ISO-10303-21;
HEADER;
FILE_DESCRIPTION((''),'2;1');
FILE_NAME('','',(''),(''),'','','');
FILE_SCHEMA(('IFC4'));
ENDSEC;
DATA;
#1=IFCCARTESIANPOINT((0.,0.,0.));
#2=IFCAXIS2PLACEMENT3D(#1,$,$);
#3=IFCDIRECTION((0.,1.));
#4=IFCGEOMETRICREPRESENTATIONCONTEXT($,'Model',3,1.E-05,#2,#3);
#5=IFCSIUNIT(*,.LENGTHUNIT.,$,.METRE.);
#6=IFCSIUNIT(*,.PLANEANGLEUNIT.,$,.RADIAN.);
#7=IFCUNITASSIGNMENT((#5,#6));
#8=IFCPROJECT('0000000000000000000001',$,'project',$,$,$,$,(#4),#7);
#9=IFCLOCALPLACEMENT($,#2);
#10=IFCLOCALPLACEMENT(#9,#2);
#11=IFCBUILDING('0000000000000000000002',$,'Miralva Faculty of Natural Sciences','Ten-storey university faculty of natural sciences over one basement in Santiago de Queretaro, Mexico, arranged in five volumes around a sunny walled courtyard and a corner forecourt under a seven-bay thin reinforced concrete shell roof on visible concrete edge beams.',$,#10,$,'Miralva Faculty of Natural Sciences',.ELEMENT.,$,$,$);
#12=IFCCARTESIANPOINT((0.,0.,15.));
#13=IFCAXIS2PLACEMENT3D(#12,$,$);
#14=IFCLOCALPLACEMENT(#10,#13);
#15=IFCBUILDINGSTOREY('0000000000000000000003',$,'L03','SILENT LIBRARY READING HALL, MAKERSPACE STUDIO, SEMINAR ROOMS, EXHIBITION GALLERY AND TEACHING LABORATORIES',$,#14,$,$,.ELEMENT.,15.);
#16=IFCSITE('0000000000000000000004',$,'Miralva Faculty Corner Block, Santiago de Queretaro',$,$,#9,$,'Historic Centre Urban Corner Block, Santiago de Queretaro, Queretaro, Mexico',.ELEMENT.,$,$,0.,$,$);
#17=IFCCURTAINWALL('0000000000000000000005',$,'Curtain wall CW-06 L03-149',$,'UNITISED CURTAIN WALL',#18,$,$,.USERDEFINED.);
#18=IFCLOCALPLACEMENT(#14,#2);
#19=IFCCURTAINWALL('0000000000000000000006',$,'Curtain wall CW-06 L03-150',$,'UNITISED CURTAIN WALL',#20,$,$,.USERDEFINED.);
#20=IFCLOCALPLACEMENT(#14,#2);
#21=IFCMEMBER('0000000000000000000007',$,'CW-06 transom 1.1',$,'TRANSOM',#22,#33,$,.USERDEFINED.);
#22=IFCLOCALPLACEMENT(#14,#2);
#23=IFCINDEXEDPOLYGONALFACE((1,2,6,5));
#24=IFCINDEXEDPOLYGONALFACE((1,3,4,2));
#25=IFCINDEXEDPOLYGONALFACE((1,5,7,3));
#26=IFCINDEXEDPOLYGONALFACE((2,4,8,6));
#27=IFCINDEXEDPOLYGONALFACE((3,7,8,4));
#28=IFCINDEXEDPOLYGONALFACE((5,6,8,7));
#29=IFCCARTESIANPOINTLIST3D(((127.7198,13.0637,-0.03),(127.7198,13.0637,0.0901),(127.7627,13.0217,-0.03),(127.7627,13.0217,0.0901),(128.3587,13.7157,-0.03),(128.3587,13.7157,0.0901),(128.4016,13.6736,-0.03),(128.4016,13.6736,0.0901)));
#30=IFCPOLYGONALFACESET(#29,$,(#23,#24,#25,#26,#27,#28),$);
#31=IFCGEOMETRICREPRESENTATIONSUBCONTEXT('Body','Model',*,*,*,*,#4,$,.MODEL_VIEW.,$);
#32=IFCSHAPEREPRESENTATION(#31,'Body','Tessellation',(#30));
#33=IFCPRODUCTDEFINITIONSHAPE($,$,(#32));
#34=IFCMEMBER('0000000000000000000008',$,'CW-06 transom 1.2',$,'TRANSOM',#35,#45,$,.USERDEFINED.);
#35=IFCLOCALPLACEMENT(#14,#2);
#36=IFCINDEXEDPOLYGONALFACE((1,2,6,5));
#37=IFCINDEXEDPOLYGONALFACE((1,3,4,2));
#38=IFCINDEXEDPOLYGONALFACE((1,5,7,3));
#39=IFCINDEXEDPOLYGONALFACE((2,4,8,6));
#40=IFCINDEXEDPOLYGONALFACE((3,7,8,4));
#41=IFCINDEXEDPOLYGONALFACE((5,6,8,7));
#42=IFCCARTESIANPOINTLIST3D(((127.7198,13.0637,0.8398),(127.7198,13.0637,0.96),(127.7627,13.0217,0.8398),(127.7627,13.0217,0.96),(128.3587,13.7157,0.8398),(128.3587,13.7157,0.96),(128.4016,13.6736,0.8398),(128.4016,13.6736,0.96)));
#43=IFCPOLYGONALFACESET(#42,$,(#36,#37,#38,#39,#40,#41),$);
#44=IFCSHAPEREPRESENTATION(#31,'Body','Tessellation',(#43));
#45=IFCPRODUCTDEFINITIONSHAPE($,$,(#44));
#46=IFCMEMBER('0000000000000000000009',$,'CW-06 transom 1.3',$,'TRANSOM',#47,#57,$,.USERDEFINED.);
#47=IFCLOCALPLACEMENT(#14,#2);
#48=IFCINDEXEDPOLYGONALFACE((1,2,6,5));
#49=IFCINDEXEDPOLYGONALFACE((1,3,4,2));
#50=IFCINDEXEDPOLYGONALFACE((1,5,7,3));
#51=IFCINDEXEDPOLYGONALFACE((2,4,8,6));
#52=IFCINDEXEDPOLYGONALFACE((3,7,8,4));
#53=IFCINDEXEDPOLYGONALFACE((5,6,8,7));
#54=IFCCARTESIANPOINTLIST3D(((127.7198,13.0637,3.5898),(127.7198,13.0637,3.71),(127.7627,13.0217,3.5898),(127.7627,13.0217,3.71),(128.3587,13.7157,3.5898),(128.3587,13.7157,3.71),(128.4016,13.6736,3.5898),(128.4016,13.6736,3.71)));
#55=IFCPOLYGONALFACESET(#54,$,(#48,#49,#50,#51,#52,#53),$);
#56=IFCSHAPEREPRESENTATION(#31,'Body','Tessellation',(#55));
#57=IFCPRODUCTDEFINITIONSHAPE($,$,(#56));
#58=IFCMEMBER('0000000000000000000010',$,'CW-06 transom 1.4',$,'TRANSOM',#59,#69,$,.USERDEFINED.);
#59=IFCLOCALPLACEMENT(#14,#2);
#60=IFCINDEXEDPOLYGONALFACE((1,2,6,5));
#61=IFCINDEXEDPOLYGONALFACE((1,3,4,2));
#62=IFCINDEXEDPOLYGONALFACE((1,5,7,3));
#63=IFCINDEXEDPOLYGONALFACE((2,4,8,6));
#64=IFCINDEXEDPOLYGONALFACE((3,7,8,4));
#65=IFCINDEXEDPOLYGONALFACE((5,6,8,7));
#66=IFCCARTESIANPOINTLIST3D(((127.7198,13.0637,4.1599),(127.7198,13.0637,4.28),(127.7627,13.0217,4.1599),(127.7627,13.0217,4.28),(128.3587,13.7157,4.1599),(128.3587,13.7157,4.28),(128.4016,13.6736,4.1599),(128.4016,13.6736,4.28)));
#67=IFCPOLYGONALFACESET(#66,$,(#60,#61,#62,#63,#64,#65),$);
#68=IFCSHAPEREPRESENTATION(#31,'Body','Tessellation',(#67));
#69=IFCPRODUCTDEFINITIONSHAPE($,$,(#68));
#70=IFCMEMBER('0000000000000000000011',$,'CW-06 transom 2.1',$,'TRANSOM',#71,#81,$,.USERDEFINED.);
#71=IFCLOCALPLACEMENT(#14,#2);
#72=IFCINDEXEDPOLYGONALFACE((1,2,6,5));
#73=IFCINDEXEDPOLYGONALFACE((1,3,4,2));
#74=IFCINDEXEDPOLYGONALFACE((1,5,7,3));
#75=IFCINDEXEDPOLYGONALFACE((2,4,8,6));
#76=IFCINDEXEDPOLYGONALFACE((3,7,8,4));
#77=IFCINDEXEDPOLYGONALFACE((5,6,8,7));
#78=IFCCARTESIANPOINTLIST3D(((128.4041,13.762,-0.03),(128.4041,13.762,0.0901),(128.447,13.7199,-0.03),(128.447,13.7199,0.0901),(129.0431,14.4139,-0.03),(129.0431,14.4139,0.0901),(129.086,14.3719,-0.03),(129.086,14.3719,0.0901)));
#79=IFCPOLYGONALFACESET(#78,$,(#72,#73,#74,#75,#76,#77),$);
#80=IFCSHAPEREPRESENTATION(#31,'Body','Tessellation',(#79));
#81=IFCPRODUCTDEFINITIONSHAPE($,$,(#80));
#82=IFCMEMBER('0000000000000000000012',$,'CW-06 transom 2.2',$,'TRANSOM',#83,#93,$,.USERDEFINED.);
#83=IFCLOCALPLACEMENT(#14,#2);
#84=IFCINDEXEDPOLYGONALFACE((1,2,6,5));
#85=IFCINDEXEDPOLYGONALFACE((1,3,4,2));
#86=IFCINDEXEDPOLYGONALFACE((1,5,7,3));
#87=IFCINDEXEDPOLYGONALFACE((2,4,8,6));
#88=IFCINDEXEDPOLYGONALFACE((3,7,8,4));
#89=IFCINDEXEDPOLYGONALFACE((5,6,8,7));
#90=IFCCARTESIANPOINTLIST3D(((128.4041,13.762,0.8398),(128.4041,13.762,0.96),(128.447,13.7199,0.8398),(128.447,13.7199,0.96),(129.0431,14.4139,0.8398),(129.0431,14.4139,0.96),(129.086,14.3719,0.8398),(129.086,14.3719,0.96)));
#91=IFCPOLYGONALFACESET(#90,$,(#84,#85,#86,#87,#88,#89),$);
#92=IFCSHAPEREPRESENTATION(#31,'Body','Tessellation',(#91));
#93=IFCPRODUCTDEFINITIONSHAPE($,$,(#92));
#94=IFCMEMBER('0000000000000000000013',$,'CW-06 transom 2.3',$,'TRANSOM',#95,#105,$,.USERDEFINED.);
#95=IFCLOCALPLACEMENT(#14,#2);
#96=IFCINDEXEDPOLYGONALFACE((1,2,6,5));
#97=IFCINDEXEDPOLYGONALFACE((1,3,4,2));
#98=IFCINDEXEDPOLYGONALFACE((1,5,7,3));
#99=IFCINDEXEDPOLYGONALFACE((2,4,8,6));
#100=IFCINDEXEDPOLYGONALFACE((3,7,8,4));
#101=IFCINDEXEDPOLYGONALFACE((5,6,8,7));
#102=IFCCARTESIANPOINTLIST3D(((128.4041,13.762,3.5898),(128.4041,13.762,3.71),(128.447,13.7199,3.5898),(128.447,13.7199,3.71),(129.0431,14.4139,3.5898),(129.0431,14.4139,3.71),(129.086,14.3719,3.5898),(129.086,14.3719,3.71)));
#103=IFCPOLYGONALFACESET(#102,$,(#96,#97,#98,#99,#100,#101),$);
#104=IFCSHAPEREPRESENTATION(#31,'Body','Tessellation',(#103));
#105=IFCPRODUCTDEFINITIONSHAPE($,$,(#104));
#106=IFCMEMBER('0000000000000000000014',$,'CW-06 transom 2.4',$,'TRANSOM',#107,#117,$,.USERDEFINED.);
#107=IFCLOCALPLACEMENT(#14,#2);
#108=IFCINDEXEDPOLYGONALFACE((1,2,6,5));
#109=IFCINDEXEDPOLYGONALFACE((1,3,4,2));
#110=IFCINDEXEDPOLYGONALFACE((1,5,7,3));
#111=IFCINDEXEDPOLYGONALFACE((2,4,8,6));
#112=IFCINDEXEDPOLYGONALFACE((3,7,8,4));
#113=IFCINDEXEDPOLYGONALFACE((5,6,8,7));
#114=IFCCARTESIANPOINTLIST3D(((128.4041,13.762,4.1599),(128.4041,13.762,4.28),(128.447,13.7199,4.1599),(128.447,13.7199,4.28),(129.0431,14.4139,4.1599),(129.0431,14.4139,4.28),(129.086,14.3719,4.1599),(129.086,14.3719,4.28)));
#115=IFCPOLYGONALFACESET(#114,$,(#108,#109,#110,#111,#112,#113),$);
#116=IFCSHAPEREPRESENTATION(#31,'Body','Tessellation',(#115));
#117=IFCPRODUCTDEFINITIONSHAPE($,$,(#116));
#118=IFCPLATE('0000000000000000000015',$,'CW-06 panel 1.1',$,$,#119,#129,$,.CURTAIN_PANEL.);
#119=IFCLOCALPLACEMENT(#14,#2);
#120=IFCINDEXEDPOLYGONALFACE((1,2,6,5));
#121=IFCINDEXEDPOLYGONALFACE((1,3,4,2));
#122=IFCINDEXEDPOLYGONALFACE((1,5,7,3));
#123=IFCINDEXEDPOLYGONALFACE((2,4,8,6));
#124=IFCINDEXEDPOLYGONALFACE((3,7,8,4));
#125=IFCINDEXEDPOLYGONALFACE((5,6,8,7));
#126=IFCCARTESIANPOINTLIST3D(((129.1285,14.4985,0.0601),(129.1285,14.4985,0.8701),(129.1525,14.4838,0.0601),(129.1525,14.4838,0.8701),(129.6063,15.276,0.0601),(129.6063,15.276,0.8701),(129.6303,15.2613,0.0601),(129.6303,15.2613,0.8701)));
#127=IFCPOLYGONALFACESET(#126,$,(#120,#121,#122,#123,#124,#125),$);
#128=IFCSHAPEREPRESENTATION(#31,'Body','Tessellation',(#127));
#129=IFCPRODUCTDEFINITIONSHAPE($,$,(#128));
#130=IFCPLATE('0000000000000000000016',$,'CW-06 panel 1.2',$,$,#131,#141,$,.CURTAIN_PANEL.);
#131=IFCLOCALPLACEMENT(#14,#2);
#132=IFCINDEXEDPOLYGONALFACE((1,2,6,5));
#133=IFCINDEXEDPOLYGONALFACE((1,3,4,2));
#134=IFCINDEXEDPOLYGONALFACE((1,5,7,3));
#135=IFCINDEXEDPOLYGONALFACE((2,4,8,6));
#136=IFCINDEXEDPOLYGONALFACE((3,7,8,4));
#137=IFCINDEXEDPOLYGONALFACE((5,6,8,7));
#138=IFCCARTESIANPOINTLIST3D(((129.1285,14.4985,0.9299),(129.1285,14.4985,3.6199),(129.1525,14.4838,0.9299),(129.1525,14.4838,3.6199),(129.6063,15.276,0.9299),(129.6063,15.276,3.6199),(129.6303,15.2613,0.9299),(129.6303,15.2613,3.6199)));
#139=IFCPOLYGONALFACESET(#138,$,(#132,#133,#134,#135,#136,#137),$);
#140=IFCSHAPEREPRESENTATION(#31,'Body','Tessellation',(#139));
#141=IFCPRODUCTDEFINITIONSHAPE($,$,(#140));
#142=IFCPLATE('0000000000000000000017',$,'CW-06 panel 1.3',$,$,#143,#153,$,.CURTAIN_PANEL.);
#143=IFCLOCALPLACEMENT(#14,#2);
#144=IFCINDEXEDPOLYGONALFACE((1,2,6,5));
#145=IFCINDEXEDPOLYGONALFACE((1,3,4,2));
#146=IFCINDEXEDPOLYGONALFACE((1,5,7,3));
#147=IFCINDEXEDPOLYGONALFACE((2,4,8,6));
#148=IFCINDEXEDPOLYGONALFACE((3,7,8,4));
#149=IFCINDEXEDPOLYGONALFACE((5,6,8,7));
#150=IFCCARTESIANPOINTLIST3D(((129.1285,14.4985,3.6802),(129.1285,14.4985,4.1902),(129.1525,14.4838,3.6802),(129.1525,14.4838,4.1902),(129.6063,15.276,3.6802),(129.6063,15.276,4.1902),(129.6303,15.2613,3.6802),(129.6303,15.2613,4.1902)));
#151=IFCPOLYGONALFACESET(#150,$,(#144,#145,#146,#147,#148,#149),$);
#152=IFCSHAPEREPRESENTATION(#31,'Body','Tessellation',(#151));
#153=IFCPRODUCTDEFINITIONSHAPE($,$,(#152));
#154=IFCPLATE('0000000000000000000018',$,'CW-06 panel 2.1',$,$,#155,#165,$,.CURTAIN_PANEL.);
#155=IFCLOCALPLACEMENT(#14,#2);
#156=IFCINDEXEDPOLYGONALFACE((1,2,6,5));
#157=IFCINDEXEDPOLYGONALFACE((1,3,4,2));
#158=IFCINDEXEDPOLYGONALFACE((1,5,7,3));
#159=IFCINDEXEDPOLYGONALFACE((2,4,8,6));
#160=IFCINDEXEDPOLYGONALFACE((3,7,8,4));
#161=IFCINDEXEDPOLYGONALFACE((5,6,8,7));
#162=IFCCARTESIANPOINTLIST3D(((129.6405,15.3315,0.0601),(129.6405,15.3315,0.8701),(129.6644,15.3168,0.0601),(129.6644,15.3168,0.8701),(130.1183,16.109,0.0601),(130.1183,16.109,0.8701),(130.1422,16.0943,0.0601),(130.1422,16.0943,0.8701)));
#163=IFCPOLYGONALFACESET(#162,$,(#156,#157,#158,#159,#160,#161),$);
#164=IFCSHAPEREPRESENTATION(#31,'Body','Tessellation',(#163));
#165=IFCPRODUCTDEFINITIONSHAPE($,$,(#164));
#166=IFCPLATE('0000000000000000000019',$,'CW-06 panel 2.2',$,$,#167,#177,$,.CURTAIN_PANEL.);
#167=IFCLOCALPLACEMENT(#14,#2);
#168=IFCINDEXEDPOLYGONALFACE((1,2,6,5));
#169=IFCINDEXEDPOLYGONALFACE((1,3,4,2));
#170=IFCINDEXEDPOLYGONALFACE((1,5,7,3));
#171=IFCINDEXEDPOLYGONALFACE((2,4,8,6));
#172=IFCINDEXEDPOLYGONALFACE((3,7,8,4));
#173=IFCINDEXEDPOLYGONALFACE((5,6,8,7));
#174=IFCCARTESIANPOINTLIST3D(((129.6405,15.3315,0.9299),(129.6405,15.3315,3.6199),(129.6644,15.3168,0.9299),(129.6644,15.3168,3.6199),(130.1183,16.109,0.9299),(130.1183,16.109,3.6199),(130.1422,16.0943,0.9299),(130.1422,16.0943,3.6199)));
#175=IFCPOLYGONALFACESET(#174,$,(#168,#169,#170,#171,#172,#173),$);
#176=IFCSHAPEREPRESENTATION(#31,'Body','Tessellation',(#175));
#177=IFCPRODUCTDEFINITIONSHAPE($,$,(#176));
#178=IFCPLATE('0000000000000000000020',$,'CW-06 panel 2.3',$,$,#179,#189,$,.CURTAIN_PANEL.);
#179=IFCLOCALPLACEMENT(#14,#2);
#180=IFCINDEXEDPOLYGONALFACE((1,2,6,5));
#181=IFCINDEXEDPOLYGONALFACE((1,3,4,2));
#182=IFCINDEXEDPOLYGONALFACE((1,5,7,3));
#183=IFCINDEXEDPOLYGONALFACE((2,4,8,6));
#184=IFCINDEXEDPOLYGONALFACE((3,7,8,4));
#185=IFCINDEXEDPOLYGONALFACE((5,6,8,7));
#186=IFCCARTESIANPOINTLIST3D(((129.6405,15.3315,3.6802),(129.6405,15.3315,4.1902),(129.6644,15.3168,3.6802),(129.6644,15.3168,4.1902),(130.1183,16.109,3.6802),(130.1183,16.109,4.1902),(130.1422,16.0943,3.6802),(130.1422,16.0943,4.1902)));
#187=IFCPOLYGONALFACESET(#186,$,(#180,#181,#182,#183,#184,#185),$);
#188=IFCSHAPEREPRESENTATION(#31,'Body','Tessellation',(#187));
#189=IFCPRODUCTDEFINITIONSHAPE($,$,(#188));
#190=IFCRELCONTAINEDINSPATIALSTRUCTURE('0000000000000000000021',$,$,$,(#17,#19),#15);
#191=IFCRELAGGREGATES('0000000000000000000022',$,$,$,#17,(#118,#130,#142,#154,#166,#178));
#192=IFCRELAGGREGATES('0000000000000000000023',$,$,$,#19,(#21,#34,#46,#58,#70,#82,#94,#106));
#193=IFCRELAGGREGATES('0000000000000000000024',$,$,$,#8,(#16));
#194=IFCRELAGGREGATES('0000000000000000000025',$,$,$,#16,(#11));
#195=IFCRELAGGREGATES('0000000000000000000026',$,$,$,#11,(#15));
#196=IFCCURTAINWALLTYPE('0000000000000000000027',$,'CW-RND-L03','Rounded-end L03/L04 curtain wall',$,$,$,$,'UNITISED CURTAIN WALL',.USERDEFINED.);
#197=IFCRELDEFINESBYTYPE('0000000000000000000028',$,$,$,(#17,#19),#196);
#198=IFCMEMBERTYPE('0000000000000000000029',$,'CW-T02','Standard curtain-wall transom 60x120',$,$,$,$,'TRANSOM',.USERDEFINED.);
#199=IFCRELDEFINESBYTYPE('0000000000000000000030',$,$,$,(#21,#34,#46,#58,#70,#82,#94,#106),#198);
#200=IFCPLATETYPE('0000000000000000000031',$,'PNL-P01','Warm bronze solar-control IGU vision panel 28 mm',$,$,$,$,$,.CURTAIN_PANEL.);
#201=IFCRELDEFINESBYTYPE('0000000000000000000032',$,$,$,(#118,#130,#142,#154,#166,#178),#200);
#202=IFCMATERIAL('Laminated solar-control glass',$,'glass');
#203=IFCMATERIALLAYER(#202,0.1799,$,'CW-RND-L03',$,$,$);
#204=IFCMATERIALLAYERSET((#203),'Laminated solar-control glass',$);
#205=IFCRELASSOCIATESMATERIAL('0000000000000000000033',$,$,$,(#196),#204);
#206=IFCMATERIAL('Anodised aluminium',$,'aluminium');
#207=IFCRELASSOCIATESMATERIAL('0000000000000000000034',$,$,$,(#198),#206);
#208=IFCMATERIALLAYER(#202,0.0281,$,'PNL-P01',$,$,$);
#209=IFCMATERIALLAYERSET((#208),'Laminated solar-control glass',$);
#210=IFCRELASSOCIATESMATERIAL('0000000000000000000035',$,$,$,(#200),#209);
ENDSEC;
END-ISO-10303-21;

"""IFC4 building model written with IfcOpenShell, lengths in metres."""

from ifc_helpers import new_model, si_unit, direction, frame, origin, origin_2d, place, context, subcontext, project, spatial, rectangle, extrude, material, layer, layer_set, material_profile, profile_set, type_object, element, aggregate, save


model = new_model("IFC4")

# Units and contexts
model_context = context("Model", 3, precision=1e-05, world=origin(), true_north=direction((0.0, 1.0)))
body_context = subcontext(model_context, "Body", "Model", "MODEL_VIEW")
ifc_project = project(units=[si_unit("LENGTHUNIT", "METRE"), si_unit("PLANEANGLEUNIT", "RADIAN")], contexts=[model_context])

# Site, building, storey
site_placement = place(None, origin())
site = spatial("IfcSite", under=ifc_project, at=site_placement, Name="Miralva Faculty Corner Block, Santiago de Queretaro", LongName="Historic Centre Urban Corner Block, Santiago de Queretaro, Queretaro, Mexico", CompositionType="ELEMENT", RefElevation=0.0)
building_placement = place(site_placement, origin())
building = spatial("IfcBuilding", under=site, at=building_placement, Name="Miralva Faculty of Natural Sciences", Description="Ten-storey university faculty of natural sciences over one basement in Santiago de Queretaro, Mexico, arranged in five volumes around a sunny walled courtyard and a corner forecourt under a seven-bay thin reinforced concrete shell roof on visible concrete edge beams.", LongName="Miralva Faculty of Natural Sciences", CompositionType="ELEMENT")
storey_placement = place(building_placement, frame((0.0, 0.0, 15.0)))
storey = spatial("IfcBuildingStorey", under=building, at=storey_placement, Name="L03", Description="SILENT LIBRARY READING HALL, MAKERSPACE STUDIO, SEMINAR ROOMS, EXHIBITION GALLERY AND TEACHING LABORATORIES", CompositionType="ELEMENT", Elevation=15.0)

# Curtain walls
ifc_material_1 = material(Name="Laminated solar-control glass", Category="glass")
ifc_layer_1 = layer(ifc_material_1, 0.1799, Name="CW-RND-L03")
ifc_layer_set_1 = layer_set([ifc_layer_1], Name="Laminated solar-control glass")
curtain_wall_type = type_object("IfcCurtainWallType", Name="CW-RND-L03", Description="Rounded-end L03/L04 curtain wall", ElementType="UNITISED CURTAIN WALL", PredefinedType="USERDEFINED", material=ifc_layer_set_1)
curtain_wall_1_placement = place(storey_placement, origin())
curtain_wall_1 = element("IfcCurtainWall", 1, at=curtain_wall_1_placement, inside=storey, type_object=curtain_wall_type, Name="Curtain wall CW-06 L03-149", ObjectType="UNITISED CURTAIN WALL", PredefinedType="USERDEFINED")
ifc_material_2 = material(Name="Anodised aluminium", Category="aluminium")
curtain_wall_2_placement = place(storey_placement, origin())
curtain_wall_2 = element("IfcCurtainWall", 2, at=curtain_wall_2_placement, inside=storey, type_object=curtain_wall_type, Name="Curtain wall CW-06 L03-150", ObjectType="UNITISED CURTAIN WALL", PredefinedType="USERDEFINED")

# Members
ifc_material_profile_1 = material_profile(ifc_material_2, rectangle(XDim=0.0601, YDim=0.1201, at=origin_2d()), Name="TRANSOM 60x120")
ifc_profile_set_1 = profile_set([ifc_material_profile_1], Name="Anodised aluminium")
member_type_1 = type_object("IfcMemberType", Name="CW-T02", Description="Standard curtain-wall transom 60x120", ElementType="TRANSOM", PredefinedType="USERDEFINED", material=ifc_profile_set_1)
member_1_placement = place(storey_placement, frame((127.7412, 13.0427, 0.03), z_axis=(0.699983, 0.714159, 0.0), x_axis=(-0.714159, 0.699983, 0.0)))
member_1 = element("IfcMember", 3, at=member_1_placement, type_object=member_type_1, Name="CW-06 transom 1.1", ObjectType="TRANSOM", PredefinedType="USERDEFINED", context=body_context, shape_type="SweptSolid", body=[
    extrude(rectangle(XDim=0.0601, YDim=0.1201, at=origin_2d()), origin(), (0.0, 0.0, 1.0), 0.9128),
])
member_2_placement = place(storey_placement, frame((127.7412, 13.0427, 0.8999), z_axis=(0.699983, 0.714159, 0.0), x_axis=(-0.714159, 0.699983, 0.0)))
member_2 = element("IfcMember", 4, at=member_2_placement, type_object=member_type_1, Name="CW-06 transom 1.2", ObjectType="TRANSOM", PredefinedType="USERDEFINED", context=body_context, shape_type="SweptSolid", body=[
    extrude(rectangle(XDim=0.0601, YDim=0.1201, at=origin_2d()), origin(), (0.0, 0.0, 1.0), 0.9128),
])
member_3_placement = place(storey_placement, frame((127.7412, 13.0427, 3.6499), z_axis=(0.699983, 0.714159, 0.0), x_axis=(-0.714159, 0.699983, 0.0)))
member_3 = element("IfcMember", 5, at=member_3_placement, type_object=member_type_1, Name="CW-06 transom 1.3", ObjectType="TRANSOM", PredefinedType="USERDEFINED", context=body_context, shape_type="SweptSolid", body=[
    extrude(rectangle(XDim=0.0601, YDim=0.1201, at=origin_2d()), origin(), (0.0, 0.0, 1.0), 0.9128),
])
member_4_placement = place(storey_placement, frame((127.7412, 13.0427, 4.22), z_axis=(0.699983, 0.714159, 0.0), x_axis=(-0.714159, 0.699983, 0.0)))
member_4 = element("IfcMember", 6, at=member_4_placement, type_object=member_type_1, Name="CW-06 transom 1.4", ObjectType="TRANSOM", PredefinedType="USERDEFINED", context=body_context, shape_type="SweptSolid", body=[
    extrude(rectangle(XDim=0.0601, YDim=0.1201, at=origin_2d()), origin(), (0.0, 0.0, 1.0), 0.9128),
])
member_5_placement = place(storey_placement, frame((128.4255, 13.741, 0.03), z_axis=(0.699983, 0.714159, 0.0), x_axis=(-0.714159, 0.699983, 0.0)))
member_5 = element("IfcMember", 7, at=member_5_placement, type_object=member_type_1, Name="CW-06 transom 2.1", ObjectType="TRANSOM", PredefinedType="USERDEFINED", context=body_context, shape_type="SweptSolid", body=[
    extrude(rectangle(XDim=0.0601, YDim=0.1201, at=origin_2d()), origin(), (0.0, 0.0, 1.0), 0.9128),
])
member_6_placement = place(storey_placement, frame((128.4255, 13.741, 0.8999), z_axis=(0.699983, 0.714159, 0.0), x_axis=(-0.714159, 0.699983, 0.0)))
member_6 = element("IfcMember", 8, at=member_6_placement, type_object=member_type_1, Name="CW-06 transom 2.2", ObjectType="TRANSOM", PredefinedType="USERDEFINED", context=body_context, shape_type="SweptSolid", body=[
    extrude(rectangle(XDim=0.0601, YDim=0.1201, at=origin_2d()), origin(), (0.0, 0.0, 1.0), 0.9128),
])
member_7_placement = place(storey_placement, frame((128.4255, 13.741, 3.6499), z_axis=(0.699983, 0.714159, 0.0), x_axis=(-0.714159, 0.699983, 0.0)))
member_7 = element("IfcMember", 9, at=member_7_placement, type_object=member_type_1, Name="CW-06 transom 2.3", ObjectType="TRANSOM", PredefinedType="USERDEFINED", context=body_context, shape_type="SweptSolid", body=[
    extrude(rectangle(XDim=0.0601, YDim=0.1201, at=origin_2d()), origin(), (0.0, 0.0, 1.0), 0.9128),
])
member_8_placement = place(storey_placement, frame((128.4255, 13.741, 4.22), z_axis=(0.699983, 0.714159, 0.0), x_axis=(-0.714159, 0.699983, 0.0)))
member_8 = element("IfcMember", 10, at=member_8_placement, type_object=member_type_1, Name="CW-06 transom 2.4", ObjectType="TRANSOM", PredefinedType="USERDEFINED", context=body_context, shape_type="SweptSolid", body=[
    extrude(rectangle(XDim=0.0601, YDim=0.1201, at=origin_2d()), origin(), (0.0, 0.0, 1.0), 0.9128),
])

# Plates
ifc_layer_2 = layer(ifc_material_1, 0.0281, Name="PNL-P01")
ifc_layer_set_2 = layer_set([ifc_layer_2], Name="Laminated solar-control glass")
plate_type = type_object("IfcPlateType", Name="PNL-P01", Description="Warm bronze solar-control IGU vision panel 28 mm", PredefinedType="CURTAIN_PANEL", material=ifc_layer_set_2)
plate_1_placement = place(storey_placement, frame((129.3794, 14.8799, 0.0601), z_axis=(0.0, 0.0, 1.0), x_axis=(0.523551, 0.851995, 0.0)))
plate_1 = element("IfcPlate", 11, at=plate_1_placement, type_object=plate_type, Name="CW-06 panel 1.1", PredefinedType="CURTAIN_PANEL", context=body_context, shape_type="SweptSolid", body=[
    extrude(rectangle(XDim=0.9126, YDim=0.0281, at=origin_2d()), origin(), (0.0, 0.0, 1.0), 0.8101),
])
plate_2_placement = place(storey_placement, frame((129.3794, 14.8799, 0.9299), z_axis=(0.0, 0.0, 1.0), x_axis=(0.523551, 0.851995, 0.0)))
plate_2 = element("IfcPlate", 12, at=plate_2_placement, type_object=plate_type, Name="CW-06 panel 1.2", PredefinedType="CURTAIN_PANEL", context=body_context, shape_type="SweptSolid", body=[
    extrude(rectangle(XDim=0.9126, YDim=0.0281, at=origin_2d()), origin(), (0.0, 0.0, 1.0), 2.6899),
])
plate_3_placement = place(storey_placement, frame((129.3794, 14.8799, 3.6802), z_axis=(0.0, 0.0, 1.0), x_axis=(0.523551, 0.851995, 0.0)))
plate_3 = element("IfcPlate", 13, at=plate_3_placement, type_object=plate_type, Name="CW-06 panel 1.3", PredefinedType="CURTAIN_PANEL", context=body_context, shape_type="SweptSolid", body=[
    extrude(rectangle(XDim=0.9126, YDim=0.0281, at=origin_2d()), origin(), (0.0, 0.0, 1.0), 0.51),
])
plate_4_placement = place(storey_placement, frame((129.8914, 15.7129, 0.0601), z_axis=(0.0, 0.0, 1.0), x_axis=(0.523551, 0.851995, 0.0)))
plate_4 = element("IfcPlate", 14, at=plate_4_placement, type_object=plate_type, Name="CW-06 panel 2.1", PredefinedType="CURTAIN_PANEL", context=body_context, shape_type="SweptSolid", body=[
    extrude(rectangle(XDim=0.9126, YDim=0.0281, at=origin_2d()), origin(), (0.0, 0.0, 1.0), 0.8101),
])
plate_5_placement = place(storey_placement, frame((129.8914, 15.7129, 0.9299), z_axis=(0.0, 0.0, 1.0), x_axis=(0.523551, 0.851995, 0.0)))
plate_5 = element("IfcPlate", 15, at=plate_5_placement, type_object=plate_type, Name="CW-06 panel 2.2", PredefinedType="CURTAIN_PANEL", context=body_context, shape_type="SweptSolid", body=[
    extrude(rectangle(XDim=0.9126, YDim=0.0281, at=origin_2d()), origin(), (0.0, 0.0, 1.0), 2.6899),
])
plate_6_placement = place(storey_placement, frame((129.8914, 15.7129, 3.6802), z_axis=(0.0, 0.0, 1.0), x_axis=(0.523551, 0.851995, 0.0)))
plate_6 = element("IfcPlate", 16, at=plate_6_placement, type_object=plate_type, Name="CW-06 panel 2.3", PredefinedType="CURTAIN_PANEL", context=body_context, shape_type="SweptSolid", body=[
    extrude(rectangle(XDim=0.9126, YDim=0.0281, at=origin_2d()), origin(), (0.0, 0.0, 1.0), 0.51),
])
aggregate(curtain_wall_1, [plate_1, plate_2, plate_3, plate_4, plate_5, plate_6])
aggregate(curtain_wall_2, [member_1, member_2, member_3, member_4, member_5, member_6, member_7, member_8])

save(model, "model.ifc")
